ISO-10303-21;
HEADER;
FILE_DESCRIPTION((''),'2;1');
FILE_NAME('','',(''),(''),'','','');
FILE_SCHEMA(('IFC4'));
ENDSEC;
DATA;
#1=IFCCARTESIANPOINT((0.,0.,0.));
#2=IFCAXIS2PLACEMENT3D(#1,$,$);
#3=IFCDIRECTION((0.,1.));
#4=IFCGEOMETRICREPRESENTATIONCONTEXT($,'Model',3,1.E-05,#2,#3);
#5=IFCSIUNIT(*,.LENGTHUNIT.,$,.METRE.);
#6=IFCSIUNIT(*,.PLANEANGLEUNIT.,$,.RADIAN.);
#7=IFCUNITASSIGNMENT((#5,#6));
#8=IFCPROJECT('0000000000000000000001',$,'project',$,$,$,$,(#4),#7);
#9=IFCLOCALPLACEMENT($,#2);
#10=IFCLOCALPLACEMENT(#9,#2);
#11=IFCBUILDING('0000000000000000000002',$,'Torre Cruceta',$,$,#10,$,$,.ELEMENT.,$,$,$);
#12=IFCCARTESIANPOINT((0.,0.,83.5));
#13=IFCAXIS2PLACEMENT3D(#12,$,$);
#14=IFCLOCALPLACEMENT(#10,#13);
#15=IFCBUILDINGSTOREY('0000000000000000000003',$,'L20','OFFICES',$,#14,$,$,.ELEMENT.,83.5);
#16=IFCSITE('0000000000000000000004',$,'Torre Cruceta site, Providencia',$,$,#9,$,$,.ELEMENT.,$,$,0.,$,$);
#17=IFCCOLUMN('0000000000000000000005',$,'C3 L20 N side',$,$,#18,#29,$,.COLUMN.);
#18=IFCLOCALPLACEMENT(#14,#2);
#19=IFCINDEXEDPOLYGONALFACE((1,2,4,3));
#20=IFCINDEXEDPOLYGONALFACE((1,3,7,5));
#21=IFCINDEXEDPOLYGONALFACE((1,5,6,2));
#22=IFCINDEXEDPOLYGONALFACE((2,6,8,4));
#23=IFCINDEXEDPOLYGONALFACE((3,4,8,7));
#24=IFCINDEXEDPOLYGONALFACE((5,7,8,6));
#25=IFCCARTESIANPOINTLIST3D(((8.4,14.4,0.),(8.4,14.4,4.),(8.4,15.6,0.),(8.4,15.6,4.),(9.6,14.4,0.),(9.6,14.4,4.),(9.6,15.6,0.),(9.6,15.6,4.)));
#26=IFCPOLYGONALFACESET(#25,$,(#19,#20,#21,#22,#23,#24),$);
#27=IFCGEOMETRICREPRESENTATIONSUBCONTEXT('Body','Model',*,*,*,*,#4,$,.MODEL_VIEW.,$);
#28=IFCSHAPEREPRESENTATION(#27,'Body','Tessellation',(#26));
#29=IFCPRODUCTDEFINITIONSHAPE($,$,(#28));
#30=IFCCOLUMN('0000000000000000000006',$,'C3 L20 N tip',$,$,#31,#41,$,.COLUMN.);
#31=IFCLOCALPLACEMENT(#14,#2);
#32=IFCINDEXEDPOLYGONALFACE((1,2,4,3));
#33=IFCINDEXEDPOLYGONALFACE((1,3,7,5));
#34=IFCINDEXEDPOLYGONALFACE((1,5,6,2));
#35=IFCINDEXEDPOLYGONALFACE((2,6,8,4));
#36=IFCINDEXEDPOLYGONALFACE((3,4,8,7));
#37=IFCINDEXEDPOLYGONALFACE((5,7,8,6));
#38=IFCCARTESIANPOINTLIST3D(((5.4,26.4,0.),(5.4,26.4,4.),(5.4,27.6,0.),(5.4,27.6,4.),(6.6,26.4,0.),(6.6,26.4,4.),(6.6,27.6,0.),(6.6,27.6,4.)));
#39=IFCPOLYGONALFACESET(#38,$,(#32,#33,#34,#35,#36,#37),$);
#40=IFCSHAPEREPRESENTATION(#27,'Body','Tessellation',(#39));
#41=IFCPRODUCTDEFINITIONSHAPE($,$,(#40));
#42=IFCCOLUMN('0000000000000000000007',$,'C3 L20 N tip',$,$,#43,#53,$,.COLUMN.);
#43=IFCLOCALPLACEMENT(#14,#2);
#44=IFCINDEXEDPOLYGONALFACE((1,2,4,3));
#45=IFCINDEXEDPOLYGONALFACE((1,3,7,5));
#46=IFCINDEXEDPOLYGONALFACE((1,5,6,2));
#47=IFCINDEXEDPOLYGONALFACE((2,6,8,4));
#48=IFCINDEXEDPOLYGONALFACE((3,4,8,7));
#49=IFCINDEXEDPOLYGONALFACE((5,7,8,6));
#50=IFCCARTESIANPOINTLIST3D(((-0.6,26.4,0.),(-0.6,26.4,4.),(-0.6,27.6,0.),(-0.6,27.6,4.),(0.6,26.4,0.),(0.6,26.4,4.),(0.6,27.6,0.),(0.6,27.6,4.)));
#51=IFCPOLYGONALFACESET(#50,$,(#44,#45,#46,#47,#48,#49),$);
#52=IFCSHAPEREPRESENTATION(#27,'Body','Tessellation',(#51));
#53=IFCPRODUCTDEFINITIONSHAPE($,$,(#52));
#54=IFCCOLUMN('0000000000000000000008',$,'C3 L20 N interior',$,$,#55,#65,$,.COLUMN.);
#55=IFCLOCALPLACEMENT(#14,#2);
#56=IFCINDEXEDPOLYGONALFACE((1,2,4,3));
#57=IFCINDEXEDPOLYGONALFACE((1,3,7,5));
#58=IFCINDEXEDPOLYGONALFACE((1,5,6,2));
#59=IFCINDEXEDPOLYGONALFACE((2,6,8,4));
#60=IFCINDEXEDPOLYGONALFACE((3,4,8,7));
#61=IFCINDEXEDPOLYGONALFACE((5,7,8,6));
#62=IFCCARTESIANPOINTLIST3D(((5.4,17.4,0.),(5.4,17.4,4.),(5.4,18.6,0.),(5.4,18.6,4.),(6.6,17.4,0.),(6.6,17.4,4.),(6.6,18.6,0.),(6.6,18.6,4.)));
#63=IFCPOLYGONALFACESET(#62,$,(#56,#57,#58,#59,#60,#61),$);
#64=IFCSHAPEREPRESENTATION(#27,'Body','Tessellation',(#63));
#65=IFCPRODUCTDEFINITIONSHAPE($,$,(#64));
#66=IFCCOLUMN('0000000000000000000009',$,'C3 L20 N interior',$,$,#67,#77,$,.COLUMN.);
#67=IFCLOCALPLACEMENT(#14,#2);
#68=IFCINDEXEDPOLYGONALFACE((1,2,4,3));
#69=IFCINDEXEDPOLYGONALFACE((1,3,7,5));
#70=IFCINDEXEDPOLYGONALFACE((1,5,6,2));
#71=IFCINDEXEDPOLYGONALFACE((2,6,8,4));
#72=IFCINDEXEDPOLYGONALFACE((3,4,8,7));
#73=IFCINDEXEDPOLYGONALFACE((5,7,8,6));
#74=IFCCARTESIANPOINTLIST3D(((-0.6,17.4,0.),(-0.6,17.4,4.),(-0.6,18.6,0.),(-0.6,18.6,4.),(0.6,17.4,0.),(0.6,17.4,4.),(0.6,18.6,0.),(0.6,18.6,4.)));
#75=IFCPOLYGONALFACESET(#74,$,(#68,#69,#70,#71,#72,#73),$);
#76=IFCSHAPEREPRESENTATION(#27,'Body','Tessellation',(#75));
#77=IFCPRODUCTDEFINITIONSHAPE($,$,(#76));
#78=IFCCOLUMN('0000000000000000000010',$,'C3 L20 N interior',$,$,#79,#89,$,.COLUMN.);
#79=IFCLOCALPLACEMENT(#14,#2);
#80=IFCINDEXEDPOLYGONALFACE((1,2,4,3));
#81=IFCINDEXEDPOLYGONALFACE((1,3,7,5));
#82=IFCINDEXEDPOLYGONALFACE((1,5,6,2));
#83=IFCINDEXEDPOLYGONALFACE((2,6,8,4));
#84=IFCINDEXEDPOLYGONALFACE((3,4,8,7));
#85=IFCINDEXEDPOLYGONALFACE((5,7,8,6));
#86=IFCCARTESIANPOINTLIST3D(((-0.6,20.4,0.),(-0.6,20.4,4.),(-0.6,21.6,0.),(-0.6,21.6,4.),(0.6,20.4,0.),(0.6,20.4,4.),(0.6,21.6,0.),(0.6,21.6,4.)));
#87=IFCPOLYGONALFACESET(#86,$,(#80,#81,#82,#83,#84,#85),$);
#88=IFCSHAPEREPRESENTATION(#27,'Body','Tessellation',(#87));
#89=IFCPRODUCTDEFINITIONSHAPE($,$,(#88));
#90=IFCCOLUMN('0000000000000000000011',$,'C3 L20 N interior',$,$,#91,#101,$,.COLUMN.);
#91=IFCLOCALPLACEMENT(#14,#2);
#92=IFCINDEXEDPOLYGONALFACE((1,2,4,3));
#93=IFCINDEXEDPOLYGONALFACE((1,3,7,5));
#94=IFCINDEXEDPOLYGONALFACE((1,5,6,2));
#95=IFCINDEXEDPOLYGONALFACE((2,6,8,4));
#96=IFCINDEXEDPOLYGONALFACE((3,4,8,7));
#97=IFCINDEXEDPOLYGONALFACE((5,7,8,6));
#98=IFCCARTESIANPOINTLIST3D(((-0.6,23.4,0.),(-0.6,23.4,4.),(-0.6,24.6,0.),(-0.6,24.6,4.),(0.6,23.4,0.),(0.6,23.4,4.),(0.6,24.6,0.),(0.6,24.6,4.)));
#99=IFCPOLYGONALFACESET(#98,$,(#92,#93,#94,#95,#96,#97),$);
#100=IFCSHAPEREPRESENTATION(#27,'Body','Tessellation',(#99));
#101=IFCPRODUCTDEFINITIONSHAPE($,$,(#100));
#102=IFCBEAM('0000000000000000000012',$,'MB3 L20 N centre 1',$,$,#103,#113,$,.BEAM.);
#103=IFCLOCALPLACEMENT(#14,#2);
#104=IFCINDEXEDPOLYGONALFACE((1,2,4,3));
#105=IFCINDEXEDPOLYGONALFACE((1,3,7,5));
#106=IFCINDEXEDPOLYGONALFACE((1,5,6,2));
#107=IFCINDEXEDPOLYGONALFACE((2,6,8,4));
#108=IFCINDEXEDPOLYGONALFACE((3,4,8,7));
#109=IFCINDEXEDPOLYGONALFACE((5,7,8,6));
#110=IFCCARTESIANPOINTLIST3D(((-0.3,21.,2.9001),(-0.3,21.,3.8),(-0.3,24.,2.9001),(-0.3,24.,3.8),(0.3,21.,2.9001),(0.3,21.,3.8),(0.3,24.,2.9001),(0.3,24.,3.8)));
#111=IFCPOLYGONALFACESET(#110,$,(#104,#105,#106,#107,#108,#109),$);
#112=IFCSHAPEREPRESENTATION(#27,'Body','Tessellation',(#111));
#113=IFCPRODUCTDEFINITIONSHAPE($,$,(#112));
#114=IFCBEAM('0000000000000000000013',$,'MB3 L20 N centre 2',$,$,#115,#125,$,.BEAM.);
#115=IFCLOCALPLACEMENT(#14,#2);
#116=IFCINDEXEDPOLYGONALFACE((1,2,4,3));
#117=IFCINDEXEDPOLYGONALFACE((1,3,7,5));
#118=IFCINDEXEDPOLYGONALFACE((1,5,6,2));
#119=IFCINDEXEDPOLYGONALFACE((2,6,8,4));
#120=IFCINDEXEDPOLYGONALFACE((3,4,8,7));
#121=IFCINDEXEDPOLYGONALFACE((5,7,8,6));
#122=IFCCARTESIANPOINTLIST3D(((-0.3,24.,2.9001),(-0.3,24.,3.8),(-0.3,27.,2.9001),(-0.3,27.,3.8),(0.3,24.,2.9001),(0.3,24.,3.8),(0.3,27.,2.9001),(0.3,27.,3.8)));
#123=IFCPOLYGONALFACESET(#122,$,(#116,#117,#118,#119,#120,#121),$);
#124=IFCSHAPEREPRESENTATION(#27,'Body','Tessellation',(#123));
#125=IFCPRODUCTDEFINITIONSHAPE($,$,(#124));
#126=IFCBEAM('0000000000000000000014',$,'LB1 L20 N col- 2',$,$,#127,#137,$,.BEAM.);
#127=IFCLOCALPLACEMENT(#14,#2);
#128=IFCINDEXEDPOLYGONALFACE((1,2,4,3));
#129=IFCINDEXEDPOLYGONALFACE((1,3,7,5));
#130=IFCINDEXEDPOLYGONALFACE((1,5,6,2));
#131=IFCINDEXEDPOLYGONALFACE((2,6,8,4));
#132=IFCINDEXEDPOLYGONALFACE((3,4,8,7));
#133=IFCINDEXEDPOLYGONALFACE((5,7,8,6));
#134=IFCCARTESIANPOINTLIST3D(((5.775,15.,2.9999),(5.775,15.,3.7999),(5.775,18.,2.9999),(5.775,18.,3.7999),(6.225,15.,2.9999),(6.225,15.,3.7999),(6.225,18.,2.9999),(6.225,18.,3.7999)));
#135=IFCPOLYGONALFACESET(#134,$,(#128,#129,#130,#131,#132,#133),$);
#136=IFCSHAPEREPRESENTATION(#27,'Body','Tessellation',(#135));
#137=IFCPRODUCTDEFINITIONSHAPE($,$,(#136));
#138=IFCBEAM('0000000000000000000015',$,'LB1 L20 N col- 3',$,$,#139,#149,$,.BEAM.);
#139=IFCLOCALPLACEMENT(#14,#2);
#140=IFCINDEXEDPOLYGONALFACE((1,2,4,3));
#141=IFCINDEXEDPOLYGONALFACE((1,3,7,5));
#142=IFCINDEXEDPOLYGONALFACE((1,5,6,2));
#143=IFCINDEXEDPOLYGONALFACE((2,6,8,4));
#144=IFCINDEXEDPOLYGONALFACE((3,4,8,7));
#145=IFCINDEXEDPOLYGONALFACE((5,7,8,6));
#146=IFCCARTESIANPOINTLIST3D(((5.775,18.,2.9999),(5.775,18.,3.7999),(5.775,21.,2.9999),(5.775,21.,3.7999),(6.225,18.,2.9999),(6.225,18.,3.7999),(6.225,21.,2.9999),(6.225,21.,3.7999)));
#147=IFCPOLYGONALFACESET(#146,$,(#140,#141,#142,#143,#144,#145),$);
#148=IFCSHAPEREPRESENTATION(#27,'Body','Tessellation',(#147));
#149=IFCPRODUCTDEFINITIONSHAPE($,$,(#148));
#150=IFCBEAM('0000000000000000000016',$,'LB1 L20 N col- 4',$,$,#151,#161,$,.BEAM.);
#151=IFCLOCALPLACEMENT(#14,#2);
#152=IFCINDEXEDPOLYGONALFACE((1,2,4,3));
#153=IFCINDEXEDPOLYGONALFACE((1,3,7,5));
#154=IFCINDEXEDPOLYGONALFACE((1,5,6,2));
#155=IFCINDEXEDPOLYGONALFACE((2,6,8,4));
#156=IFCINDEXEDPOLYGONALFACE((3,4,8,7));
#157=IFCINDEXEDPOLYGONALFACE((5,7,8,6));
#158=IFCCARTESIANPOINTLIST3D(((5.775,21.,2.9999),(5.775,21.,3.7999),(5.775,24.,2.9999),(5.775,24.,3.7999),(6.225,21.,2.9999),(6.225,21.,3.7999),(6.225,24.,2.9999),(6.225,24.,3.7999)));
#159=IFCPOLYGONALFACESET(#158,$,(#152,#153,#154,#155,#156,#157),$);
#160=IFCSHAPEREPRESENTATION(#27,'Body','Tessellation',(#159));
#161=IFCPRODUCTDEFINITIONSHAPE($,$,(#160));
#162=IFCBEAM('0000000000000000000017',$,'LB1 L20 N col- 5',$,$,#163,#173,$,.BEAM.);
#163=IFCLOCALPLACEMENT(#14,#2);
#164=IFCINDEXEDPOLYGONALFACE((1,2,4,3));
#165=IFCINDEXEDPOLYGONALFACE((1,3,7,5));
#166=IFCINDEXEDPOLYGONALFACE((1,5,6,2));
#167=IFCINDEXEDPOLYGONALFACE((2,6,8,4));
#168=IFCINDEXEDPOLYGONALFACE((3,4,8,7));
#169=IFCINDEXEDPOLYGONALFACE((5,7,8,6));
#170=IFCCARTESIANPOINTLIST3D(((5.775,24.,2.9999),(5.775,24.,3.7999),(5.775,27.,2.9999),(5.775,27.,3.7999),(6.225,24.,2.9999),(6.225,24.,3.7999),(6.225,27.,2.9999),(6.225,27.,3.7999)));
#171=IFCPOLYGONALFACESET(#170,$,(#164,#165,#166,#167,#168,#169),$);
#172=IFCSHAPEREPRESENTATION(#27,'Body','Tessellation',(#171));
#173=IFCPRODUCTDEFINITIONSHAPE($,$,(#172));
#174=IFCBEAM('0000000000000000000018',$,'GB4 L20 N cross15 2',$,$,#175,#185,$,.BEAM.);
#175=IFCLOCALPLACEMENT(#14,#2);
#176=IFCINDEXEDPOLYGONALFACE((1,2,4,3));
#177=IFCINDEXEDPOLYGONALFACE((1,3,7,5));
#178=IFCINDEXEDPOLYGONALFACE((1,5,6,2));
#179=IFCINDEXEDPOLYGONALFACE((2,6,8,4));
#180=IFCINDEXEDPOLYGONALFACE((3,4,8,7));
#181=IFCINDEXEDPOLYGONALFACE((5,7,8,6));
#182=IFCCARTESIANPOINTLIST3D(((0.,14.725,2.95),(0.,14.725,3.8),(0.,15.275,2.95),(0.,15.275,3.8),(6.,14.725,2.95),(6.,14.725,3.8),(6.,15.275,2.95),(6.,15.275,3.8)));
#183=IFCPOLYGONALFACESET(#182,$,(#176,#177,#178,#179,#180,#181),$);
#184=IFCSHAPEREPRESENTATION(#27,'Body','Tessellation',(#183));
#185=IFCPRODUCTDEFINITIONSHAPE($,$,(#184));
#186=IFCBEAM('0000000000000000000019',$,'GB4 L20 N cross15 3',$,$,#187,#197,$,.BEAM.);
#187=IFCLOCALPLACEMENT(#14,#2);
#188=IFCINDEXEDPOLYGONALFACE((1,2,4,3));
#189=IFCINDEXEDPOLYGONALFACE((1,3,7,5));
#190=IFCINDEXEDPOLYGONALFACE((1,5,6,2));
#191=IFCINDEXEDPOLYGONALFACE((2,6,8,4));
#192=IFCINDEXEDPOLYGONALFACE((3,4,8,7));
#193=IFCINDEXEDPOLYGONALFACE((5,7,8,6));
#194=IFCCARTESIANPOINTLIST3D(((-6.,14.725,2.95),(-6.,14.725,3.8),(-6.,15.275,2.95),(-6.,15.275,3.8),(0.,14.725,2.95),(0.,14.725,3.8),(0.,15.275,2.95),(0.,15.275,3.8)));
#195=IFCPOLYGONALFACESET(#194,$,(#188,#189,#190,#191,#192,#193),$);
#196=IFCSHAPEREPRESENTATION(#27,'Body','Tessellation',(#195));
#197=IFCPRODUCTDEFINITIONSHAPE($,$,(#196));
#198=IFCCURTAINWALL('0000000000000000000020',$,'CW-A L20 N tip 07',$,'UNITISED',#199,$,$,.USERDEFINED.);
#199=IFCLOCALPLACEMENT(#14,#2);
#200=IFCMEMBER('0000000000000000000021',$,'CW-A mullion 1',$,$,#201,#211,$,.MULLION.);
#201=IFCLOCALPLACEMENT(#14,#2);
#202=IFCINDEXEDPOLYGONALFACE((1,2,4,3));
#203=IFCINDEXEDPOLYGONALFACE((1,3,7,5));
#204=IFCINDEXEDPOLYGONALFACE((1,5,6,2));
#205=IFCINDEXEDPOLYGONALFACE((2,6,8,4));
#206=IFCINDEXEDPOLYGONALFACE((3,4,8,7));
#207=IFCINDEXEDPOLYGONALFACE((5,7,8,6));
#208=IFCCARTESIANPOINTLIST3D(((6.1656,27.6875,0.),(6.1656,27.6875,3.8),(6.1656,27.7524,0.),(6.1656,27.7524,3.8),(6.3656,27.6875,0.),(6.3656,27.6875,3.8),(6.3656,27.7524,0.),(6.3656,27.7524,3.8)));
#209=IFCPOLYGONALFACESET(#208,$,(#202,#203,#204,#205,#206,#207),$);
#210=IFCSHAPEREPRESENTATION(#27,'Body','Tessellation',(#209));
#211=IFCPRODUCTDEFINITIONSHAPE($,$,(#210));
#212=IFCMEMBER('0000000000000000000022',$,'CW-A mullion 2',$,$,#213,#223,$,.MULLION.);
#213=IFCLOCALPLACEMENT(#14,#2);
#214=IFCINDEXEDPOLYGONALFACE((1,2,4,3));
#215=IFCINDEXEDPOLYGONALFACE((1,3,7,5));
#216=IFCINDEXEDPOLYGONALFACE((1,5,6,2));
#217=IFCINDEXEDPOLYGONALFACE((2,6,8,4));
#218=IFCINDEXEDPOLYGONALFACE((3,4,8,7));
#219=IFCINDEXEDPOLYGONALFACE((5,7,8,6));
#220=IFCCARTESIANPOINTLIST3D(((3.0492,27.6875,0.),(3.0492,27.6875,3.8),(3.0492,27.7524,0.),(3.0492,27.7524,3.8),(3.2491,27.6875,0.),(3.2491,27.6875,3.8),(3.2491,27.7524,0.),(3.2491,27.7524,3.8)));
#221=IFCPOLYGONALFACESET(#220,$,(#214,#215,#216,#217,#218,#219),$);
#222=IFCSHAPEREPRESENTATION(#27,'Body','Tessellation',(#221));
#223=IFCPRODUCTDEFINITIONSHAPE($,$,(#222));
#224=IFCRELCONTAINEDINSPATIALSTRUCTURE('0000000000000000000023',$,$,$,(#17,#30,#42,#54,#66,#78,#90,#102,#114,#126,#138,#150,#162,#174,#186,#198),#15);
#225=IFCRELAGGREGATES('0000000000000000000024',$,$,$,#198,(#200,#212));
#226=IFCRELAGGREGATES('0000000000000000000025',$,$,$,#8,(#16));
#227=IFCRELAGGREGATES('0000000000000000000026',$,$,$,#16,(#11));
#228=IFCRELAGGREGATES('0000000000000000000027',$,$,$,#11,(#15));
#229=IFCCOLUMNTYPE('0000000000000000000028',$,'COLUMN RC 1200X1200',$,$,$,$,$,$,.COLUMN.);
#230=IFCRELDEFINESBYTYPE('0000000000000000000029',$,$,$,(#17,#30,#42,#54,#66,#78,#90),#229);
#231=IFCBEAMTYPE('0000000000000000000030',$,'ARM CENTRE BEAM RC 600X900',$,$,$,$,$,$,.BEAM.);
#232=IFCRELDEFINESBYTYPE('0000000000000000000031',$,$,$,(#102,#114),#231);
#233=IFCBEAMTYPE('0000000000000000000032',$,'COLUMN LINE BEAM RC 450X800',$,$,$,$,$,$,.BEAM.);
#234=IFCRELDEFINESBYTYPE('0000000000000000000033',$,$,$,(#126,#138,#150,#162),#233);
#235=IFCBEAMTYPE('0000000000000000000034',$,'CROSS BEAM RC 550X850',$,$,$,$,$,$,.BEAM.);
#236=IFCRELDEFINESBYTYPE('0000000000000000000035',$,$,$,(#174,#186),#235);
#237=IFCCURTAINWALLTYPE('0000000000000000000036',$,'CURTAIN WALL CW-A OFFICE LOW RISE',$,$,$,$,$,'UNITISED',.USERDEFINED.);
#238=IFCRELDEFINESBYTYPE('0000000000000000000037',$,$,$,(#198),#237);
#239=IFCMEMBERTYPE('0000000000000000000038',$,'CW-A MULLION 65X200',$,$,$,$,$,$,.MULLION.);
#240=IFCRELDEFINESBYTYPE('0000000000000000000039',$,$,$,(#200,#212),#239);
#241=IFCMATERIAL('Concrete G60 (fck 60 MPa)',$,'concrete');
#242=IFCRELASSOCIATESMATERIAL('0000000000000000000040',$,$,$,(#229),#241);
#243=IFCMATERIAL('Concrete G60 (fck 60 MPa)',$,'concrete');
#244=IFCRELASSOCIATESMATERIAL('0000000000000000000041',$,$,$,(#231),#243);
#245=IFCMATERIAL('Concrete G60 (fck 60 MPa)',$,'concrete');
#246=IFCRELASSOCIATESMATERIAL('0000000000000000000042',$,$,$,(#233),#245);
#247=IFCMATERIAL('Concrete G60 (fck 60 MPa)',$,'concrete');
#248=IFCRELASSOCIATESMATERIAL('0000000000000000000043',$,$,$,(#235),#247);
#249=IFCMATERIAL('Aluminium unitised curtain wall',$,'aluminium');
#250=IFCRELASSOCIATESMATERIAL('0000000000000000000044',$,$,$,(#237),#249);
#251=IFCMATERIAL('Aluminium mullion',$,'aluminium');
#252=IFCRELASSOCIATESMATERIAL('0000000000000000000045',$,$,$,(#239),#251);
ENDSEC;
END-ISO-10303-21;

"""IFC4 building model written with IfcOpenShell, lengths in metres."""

from ifc_helpers import new_model, si_unit, direction, frame, origin, origin_2d, place, context, subcontext, project, spatial, rectangle, extrude, material, material_profile, profile_set, type_object, element, aggregate, save


model = new_model("IFC4")

# Units and contexts
model_context = context("Model", 3, precision=1e-05, world=origin(), true_north=direction((0.0, 1.0)))
body_context = subcontext(model_context, "Body", "Model", "MODEL_VIEW")
ifc_project = project(units=[si_unit("LENGTHUNIT", "METRE"), si_unit("PLANEANGLEUNIT", "RADIAN")], contexts=[model_context])

# Site, building, storey
site_placement = place(None, origin())
site = spatial("IfcSite", under=ifc_project, at=site_placement, Name="Torre Cruceta site, Providencia", CompositionType="ELEMENT", RefElevation=0.0)
building_placement = place(site_placement, origin())
building = spatial("IfcBuilding", under=site, at=building_placement, Name="Torre Cruceta", CompositionType="ELEMENT")
storey_placement = place(building_placement, frame((0.0, 0.0, 83.5)))
storey = spatial("IfcBuildingStorey", under=building, at=storey_placement, Name="L20", Description="OFFICES", CompositionType="ELEMENT", Elevation=83.5)

# Columns
ifc_material_1 = material(Name="Concrete G60 (fck 60 MPa)", Category="concrete")
ifc_material_profile_1 = material_profile(ifc_material_1, rectangle(XDim=1.2, YDim=1.2, at=origin_2d()), Name="RC 1200X1200")
ifc_profile_set_1 = profile_set([ifc_material_profile_1], Name="Concrete G60 (fck 60 MPa)")
column_type = type_object("IfcColumnType", Name="COLUMN RC 1200X1200", PredefinedType="COLUMN", material=ifc_profile_set_1)
for number, where, z_axis, x_axis, name in (
    (1, (9.0, 15.0, 0.0), (0.0, 0.0, 1.0), (1.0, 0.0, 0.0), "C3 L20 N side"),
    (2, (6.0, 27.0, 0.0), (0.0, 0.0, 1.0), (1.0, 0.0, 0.0), "C3 L20 N tip"),
    (3, (0.0, 27.0, 0.0), (0.0, 0.0, 1.0), (1.0, 0.0, 0.0), "C3 L20 N tip"),
    (4, (6.0, 18.0, 0.0), (0.0, 0.0, 1.0), (1.0, 0.0, 0.0), "C3 L20 N interior"),
    (5, (0.0, 18.0, 0.0), (0.0, 0.0, 1.0), (1.0, 0.0, 0.0), "C3 L20 N interior"),
    (6, (0.0, 21.0, 0.0), (0.0, 0.0, 1.0), (1.0, 0.0, 0.0), "C3 L20 N interior"),
    (7, (0.0, 24.0, 0.0), (0.0, 0.0, 1.0), (1.0, 0.0, 0.0), "C3 L20 N interior"),
):
    element("IfcColumn", number, at=place(storey_placement, frame(where, z_axis=z_axis, x_axis=x_axis)), inside=storey, type_object=column_type, Name=name, PredefinedType="COLUMN", context=body_context, shape_type="SweptSolid", body=[
        extrude(rectangle(XDim=1.2, YDim=1.2, at=origin_2d()), origin(), (0.0, 0.0, 1.0), 4.0),
    ])

# Beams
ifc_material_2 = material(Name="Concrete G60 (fck 60 MPa)", Category="concrete")
ifc_material_profile_2 = material_profile(ifc_material_2, rectangle(XDim=0.6001, YDim=0.8999, at=origin_2d()), Name="RC 600X900")
ifc_profile_set_2 = profile_set([ifc_material_profile_2], Name="Concrete G60 (fck 60 MPa)")
beam_type_1 = type_object("IfcBeamType", Name="ARM CENTRE BEAM RC 600X900", PredefinedType="BEAM", material=ifc_profile_set_2)
for number, where, z_axis, x_axis, name in (
    (8, (0.0, 21.0, 3.3501), (0.0, 1.0, 0.0), (-1.0, 0.0, 0.0), "MB3 L20 N centre 1"),
    (9, (0.0, 24.0, 3.3501), (0.0, 1.0, 0.0), (-1.0, 0.0, 0.0), "MB3 L20 N centre 2"),
):
    element("IfcBeam", number, at=place(storey_placement, frame(where, z_axis=z_axis, x_axis=x_axis)), inside=storey, type_object=beam_type_1, Name=name, PredefinedType="BEAM", context=body_context, shape_type="SweptSolid", body=[
        extrude(rectangle(XDim=0.6001, YDim=0.8999, at=origin_2d()), origin(), (0.0, 0.0, 1.0), 3.0),
    ])
ifc_material_3 = material(Name="Concrete G60 (fck 60 MPa)", Category="concrete")
ifc_material_profile_3 = material_profile(ifc_material_3, rectangle(XDim=0.45, YDim=0.8, at=origin_2d()), Name="RC 450X800")
ifc_profile_set_3 = profile_set([ifc_material_profile_3], Name="Concrete G60 (fck 60 MPa)")
beam_type_2 = type_object("IfcBeamType", Name="COLUMN LINE BEAM RC 450X800", PredefinedType="BEAM", material=ifc_profile_set_3)
for number, where, z_axis, x_axis, name in (
    (10, (6.0, 15.0, 3.3999), (0.0, 1.0, 0.0), (-1.0, 0.0, 0.0), "LB1 L20 N col- 2"),
    (11, (6.0, 18.0, 3.3999), (0.0, 1.0, 0.0), (-1.0, 0.0, 0.0), "LB1 L20 N col- 3"),
    (12, (6.0, 21.0, 3.3999), (0.0, 1.0, 0.0), (-1.0, 0.0, 0.0), "LB1 L20 N col- 4"),
    (13, (6.0, 24.0, 3.3999), (0.0, 1.0, 0.0), (-1.0, 0.0, 0.0), "LB1 L20 N col- 5"),
):
    element("IfcBeam", number, at=place(storey_placement, frame(where, z_axis=z_axis, x_axis=x_axis)), inside=storey, type_object=beam_type_2, Name=name, PredefinedType="BEAM", context=body_context, shape_type="SweptSolid", body=[
        extrude(rectangle(XDim=0.45, YDim=0.8, at=origin_2d()), origin(), (0.0, 0.0, 1.0), 3.0),
    ])
ifc_material_4 = material(Name="Concrete G60 (fck 60 MPa)", Category="concrete")
ifc_material_profile_4 = material_profile(ifc_material_4, rectangle(XDim=0.55, YDim=0.8501, at=origin_2d()), Name="RC 550X850")
ifc_profile_set_4 = profile_set([ifc_material_profile_4], Name="Concrete G60 (fck 60 MPa)")
beam_type_3 = type_object("IfcBeamType", Name="CROSS BEAM RC 550X850", PredefinedType="BEAM", material=ifc_profile_set_4)
for number, where, z_axis, x_axis, name in (
    (14, (6.0, 15.0, 3.375), (-1.0, 0.0, 0.0), (0.0, -1.0, 0.0), "GB4 L20 N cross15 2"),
    (15, (0.0, 15.0, 3.375), (-1.0, 0.0, 0.0), (0.0, -1.0, 0.0), "GB4 L20 N cross15 3"),
):
    element("IfcBeam", number, at=place(storey_placement, frame(where, z_axis=z_axis, x_axis=x_axis)), inside=storey, type_object=beam_type_3, Name=name, PredefinedType="BEAM", context=body_context, shape_type="SweptSolid", body=[
        extrude(rectangle(XDim=0.55, YDim=0.8501, at=origin_2d()), origin(), (0.0, 0.0, 1.0), 6.0),
    ])

# Curtain wall, members
ifc_material_5 = material(Name="Aluminium unitised curtain wall", Category="aluminium")
curtain_wall_type = type_object("IfcCurtainWallType", Name="CURTAIN WALL CW-A OFFICE LOW RISE", ElementType="UNITISED", PredefinedType="USERDEFINED", material=ifc_material_5)
curtain_wall_placement = place(storey_placement, origin())
curtain_wall = element("IfcCurtainWall", 16, at=curtain_wall_placement, inside=storey, type_object=curtain_wall_type, Name="CW-A L20 N tip 07", ObjectType="UNITISED", PredefinedType="USERDEFINED")
ifc_material_6 = material(Name="Aluminium mullion", Category="aluminium")
ifc_material_profile_5 = material_profile(ifc_material_6, rectangle(XDim=0.0649, YDim=0.2, at=origin_2d()), Name="AL 65X200")
ifc_profile_set_5 = profile_set([ifc_material_profile_5], Name="Aluminium mullion")
member_type_1 = type_object("IfcMemberType", Name="CW-A MULLION 65X200", PredefinedType="MULLION", material=ifc_profile_set_5)
member_1_placement = place(storey_placement, frame((6.2656, 27.72, 0.0), z_axis=(0.0, 0.0, 1.0), x_axis=(0.0, -1.0, 0.0)))
member_1 = element("IfcMember", 17, at=member_1_placement, type_object=member_type_1, Name="CW-A mullion 1", PredefinedType="MULLION", context=body_context, shape_type="SweptSolid", body=[
    extrude(rectangle(XDim=0.0649, YDim=0.2, at=origin_2d()), origin(), (0.0, 0.0, 1.0), 3.8),
])
member_2_placement = place(storey_placement, frame((3.1492, 27.72, 0.0), z_axis=(0.0, 0.0, 1.0), x_axis=(0.0, -1.0, 0.0)))
member_2 = element("IfcMember", 18, at=member_2_placement, type_object=member_type_1, Name="CW-A mullion 2", PredefinedType="MULLION", context=body_context, shape_type="SweptSolid", body=[
    extrude(rectangle(XDim=0.0649, YDim=0.2, at=origin_2d()), origin(), (0.0, 0.0, 1.0), 3.8),
])

aggregate(curtain_wall, [member_1, member_2])

save(model, "model.ifc")
